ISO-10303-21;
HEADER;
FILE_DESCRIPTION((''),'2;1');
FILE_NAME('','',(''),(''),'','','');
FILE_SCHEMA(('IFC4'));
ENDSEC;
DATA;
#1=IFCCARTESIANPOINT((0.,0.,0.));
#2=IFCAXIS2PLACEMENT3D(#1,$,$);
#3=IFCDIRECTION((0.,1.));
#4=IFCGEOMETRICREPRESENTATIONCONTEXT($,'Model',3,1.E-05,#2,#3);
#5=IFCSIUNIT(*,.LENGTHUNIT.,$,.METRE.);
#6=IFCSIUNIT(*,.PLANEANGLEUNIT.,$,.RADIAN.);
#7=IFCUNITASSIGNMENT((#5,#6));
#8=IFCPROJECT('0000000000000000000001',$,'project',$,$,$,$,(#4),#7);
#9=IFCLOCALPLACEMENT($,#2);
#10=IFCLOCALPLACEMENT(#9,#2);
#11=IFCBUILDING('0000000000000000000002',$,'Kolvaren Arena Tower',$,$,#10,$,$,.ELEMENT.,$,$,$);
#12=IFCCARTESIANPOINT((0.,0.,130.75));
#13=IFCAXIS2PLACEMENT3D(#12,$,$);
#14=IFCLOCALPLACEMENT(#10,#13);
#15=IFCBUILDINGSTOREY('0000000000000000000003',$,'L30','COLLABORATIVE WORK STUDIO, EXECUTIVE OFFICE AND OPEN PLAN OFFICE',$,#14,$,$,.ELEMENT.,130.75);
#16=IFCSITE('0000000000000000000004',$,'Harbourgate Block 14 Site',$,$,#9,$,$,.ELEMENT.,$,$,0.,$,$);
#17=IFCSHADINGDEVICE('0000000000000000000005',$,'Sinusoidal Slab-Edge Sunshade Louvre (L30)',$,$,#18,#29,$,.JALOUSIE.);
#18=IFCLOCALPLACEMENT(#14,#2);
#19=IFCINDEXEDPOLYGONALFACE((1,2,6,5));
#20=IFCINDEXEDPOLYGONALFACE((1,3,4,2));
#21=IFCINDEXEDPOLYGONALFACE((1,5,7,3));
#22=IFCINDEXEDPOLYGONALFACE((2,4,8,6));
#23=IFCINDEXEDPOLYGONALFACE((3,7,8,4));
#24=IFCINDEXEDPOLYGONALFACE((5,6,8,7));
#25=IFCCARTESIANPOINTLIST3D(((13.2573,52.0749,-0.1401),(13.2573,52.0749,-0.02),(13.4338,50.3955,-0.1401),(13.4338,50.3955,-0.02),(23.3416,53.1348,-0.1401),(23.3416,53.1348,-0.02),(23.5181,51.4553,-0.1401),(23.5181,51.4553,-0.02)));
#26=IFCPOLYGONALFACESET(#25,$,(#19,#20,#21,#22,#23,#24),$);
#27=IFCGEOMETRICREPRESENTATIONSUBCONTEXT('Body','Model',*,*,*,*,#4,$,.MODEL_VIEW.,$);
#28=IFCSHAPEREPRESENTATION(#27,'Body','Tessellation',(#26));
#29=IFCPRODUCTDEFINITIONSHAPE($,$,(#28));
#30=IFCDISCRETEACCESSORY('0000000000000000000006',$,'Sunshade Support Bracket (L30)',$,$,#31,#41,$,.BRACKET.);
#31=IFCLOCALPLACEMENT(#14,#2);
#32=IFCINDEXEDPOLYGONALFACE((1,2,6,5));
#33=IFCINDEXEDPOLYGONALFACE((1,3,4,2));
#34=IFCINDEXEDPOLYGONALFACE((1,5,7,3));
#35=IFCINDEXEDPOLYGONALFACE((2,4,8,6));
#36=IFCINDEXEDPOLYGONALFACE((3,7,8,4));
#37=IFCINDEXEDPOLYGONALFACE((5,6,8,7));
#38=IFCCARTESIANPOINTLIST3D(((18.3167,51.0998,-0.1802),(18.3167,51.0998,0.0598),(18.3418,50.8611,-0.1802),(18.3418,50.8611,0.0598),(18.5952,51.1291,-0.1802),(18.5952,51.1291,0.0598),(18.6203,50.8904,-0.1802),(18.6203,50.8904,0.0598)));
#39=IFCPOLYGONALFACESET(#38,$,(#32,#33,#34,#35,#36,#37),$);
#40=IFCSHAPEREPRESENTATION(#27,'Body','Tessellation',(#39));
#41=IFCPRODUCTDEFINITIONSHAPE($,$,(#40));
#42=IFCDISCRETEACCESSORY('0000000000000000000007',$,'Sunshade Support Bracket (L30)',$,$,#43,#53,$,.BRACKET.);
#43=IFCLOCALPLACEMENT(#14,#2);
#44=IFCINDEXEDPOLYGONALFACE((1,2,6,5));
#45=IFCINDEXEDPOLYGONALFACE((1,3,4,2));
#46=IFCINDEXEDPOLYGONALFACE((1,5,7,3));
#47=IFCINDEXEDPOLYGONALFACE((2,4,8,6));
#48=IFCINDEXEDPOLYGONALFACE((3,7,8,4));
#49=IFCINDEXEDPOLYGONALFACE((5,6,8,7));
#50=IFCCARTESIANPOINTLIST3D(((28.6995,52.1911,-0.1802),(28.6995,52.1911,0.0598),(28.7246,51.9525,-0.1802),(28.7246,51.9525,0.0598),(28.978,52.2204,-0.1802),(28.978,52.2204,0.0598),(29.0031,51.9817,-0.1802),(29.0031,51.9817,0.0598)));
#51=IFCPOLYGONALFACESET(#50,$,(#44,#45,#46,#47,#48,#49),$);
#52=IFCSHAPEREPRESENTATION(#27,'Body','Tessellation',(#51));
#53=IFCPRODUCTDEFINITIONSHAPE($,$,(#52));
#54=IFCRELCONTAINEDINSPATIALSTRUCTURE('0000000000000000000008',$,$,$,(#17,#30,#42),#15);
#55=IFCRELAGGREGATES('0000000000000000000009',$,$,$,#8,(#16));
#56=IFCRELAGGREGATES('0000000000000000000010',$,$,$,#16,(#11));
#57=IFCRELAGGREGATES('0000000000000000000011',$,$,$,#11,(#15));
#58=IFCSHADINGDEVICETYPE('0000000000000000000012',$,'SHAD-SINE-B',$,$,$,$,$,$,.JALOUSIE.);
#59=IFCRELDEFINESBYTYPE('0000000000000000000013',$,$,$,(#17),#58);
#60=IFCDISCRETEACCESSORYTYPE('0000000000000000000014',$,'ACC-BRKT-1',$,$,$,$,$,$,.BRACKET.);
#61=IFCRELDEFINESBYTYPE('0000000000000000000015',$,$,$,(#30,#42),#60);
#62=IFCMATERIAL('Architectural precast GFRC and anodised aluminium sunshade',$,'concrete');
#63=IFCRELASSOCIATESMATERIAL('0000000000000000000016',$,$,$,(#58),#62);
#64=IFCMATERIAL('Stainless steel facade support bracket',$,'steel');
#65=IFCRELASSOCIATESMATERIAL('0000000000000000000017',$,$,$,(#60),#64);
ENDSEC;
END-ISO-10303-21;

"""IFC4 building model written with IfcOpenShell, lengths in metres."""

from ifc_helpers import new_model, si_unit, direction, frame, origin, origin_2d, place, context, subcontext, project, spatial, rectangle, extrude, material, type_object, element, save


model = new_model("IFC4")

# Units and contexts
model_context = context("Model", 3, precision=1e-05, world=origin(), true_north=direction((0.0, 1.0)))
body_context = subcontext(model_context, "Body", "Model", "MODEL_VIEW")
ifc_project = project(units=[si_unit("LENGTHUNIT", "METRE"), si_unit("PLANEANGLEUNIT", "RADIAN")], contexts=[model_context])

# Site, building, storey
site_placement = place(None, origin())
site = spatial("IfcSite", under=ifc_project, at=site_placement, Name="Harbourgate Block 14 Site", CompositionType="ELEMENT", RefElevation=0.0)
building_placement = place(site_placement, origin())
building = spatial("IfcBuilding", under=site, at=building_placement, Name="Kolvaren Arena Tower", CompositionType="ELEMENT")
storey_placement = place(building_placement, frame((0.0, 0.0, 130.75)))
storey = spatial("IfcBuildingStorey", under=building, at=storey_placement, Name="L30", Description="COLLABORATIVE WORK STUDIO, EXECUTIVE OFFICE AND OPEN PLAN OFFICE", CompositionType="ELEMENT", Elevation=130.75)

# Shading device
ifc_material_1 = material(Name="Architectural precast GFRC and anodised aluminium sunshade", Category="concrete")
shading_device_type_1 = type_object("IfcShadingDeviceType", Name="SHAD-SINE-B", PredefinedType="JALOUSIE", material=ifc_material_1)
shading_device_1_placement = place(storey_placement, frame((18.3877, 51.7651, -0.1401), z_axis=(0.0, 0.0, 1.0), x_axis=(0.994522, 0.104527, 0.0)))
element("IfcShadingDevice", 1, at=shading_device_1_placement, inside=storey, type_object=shading_device_type_1, Name="Sinusoidal Slab-Edge Sunshade Louvre (L30)", PredefinedType="JALOUSIE", context=body_context, shape_type="SweptSolid", body=[
    extrude(rectangle(XDim=10.1399, YDim=1.6887, at=origin_2d()), origin(), (0.0, 0.0, 1.0), 0.1201),
])

# Discrete accessories
ifc_material_2 = material(Name="Stainless steel facade support bracket", Category="steel")
discrete_accessory_type = type_object("IfcDiscreteAccessoryType", Name="ACC-BRKT-1", PredefinedType="BRACKET", material=ifc_material_2)
for number, where, z_axis, x_axis, name in (
    (2, (18.4685, 50.9951, -0.1802), (0.0, 0.0, 1.0), (0.994522, 0.104527, 0.0), "Sunshade Support Bracket (L30)"),
    (3, (28.8513, 52.0864, -0.1802), (0.0, 0.0, 1.0), (0.994522, 0.104527, 0.0), "Sunshade Support Bracket (L30)"),
):
    element("IfcDiscreteAccessory", number, at=place(storey_placement, frame(where, z_axis=z_axis, x_axis=x_axis)), inside=storey, type_object=discrete_accessory_type, Name=name, PredefinedType="BRACKET", context=body_context, shape_type="SweptSolid", body=[
        extrude(rectangle(XDim=0.28, YDim=0.24, at=origin_2d()), origin(), (0.0, 0.0, 1.0), 0.24),
    ])

save(model, "model.ifc")
